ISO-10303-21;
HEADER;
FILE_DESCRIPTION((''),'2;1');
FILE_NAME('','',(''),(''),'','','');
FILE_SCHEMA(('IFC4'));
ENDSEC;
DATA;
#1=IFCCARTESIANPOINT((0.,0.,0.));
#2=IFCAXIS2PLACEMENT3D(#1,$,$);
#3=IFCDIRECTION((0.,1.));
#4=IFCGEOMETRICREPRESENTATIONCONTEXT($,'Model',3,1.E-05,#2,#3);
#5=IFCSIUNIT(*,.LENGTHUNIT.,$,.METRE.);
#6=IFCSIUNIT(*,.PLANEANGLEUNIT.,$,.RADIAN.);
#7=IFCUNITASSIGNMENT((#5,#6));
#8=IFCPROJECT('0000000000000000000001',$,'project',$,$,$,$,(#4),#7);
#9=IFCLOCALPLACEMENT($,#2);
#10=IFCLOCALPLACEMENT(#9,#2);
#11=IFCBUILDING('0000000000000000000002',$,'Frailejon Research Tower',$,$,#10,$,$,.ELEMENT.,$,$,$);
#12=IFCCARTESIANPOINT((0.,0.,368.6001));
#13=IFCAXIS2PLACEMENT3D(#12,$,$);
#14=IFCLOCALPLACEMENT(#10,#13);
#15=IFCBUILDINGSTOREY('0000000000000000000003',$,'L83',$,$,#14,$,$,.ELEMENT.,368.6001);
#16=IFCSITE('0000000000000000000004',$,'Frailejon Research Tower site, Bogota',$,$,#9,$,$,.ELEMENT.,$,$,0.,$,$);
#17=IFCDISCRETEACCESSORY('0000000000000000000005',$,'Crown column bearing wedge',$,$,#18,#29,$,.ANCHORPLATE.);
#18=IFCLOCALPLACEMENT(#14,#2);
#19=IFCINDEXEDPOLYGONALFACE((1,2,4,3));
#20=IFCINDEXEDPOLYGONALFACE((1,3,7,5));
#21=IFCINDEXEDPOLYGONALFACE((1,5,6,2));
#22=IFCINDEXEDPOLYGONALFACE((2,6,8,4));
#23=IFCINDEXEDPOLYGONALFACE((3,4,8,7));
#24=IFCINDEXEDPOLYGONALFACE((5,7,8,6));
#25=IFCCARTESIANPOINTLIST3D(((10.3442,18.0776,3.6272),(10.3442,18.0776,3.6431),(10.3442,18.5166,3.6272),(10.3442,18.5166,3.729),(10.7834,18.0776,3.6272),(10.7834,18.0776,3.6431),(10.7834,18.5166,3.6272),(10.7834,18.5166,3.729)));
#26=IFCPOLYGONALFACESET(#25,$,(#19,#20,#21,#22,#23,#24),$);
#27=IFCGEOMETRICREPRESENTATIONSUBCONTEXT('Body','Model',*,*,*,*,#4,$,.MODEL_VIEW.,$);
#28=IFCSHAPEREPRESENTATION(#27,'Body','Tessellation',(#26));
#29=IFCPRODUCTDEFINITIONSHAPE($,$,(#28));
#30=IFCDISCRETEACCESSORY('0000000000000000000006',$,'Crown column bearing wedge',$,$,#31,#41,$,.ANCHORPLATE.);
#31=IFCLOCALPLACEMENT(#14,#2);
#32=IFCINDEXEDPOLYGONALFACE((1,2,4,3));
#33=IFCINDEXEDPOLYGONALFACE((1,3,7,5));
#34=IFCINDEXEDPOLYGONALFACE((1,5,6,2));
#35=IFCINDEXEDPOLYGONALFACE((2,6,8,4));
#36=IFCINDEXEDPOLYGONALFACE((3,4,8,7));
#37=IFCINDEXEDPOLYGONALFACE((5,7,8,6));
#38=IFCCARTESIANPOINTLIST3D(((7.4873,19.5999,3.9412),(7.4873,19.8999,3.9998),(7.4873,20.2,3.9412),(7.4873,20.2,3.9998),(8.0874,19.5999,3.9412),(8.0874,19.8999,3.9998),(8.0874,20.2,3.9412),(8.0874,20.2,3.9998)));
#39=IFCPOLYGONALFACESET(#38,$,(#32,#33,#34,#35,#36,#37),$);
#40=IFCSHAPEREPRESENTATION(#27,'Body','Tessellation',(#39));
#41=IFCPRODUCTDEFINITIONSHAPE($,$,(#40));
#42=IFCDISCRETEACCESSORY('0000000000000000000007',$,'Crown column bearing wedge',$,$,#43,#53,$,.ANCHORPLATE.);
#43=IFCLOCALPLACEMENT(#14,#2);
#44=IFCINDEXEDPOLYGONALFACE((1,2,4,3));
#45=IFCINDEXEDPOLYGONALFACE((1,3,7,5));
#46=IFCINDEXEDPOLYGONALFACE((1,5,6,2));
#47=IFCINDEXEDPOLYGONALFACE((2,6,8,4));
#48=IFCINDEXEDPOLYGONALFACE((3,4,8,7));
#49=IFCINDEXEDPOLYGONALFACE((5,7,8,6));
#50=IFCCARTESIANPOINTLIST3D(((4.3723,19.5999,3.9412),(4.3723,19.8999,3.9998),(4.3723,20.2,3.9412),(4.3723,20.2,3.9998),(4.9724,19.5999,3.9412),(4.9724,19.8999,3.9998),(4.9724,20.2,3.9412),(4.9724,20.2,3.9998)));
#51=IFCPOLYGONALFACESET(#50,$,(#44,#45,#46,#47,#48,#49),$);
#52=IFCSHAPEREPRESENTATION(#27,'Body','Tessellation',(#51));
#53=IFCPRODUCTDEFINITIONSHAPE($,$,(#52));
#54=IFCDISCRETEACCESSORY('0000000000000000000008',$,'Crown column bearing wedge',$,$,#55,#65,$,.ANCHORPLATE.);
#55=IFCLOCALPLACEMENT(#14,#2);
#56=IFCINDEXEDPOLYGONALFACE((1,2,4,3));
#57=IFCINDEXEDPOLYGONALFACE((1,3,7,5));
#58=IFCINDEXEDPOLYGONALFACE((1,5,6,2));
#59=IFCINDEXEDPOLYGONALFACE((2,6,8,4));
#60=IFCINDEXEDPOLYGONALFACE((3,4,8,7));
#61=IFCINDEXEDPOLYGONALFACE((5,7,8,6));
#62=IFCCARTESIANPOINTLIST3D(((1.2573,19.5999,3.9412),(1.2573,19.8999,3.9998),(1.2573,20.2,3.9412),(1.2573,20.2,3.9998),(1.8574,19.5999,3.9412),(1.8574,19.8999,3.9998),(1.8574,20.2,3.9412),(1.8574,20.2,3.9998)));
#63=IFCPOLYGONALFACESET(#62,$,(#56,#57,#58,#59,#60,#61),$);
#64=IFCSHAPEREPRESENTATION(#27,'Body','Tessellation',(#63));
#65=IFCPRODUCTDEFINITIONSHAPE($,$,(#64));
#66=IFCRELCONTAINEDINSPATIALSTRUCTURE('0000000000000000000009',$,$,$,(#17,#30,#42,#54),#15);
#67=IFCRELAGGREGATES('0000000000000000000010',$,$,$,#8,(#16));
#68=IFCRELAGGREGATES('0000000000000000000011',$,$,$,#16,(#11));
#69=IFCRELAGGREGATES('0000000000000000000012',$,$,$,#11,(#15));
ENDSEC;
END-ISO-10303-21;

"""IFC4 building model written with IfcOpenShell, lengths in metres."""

from ifc_helpers import new_model, si_unit, direction, frame, origin, place, context, subcontext, project, spatial, polyline, outline, extrude, element, save


model = new_model("IFC4")

# Units and contexts
model_context = context("Model", 3, precision=1e-05, world=origin(), true_north=direction((0.0, 1.0)))
body_context = subcontext(model_context, "Body", "Model", "MODEL_VIEW")
ifc_project = project(units=[si_unit("LENGTHUNIT", "METRE"), si_unit("PLANEANGLEUNIT", "RADIAN")], contexts=[model_context])

# Site, building, storey
site_placement = place(None, origin())
site = spatial("IfcSite", under=ifc_project, at=site_placement, Name="Frailejon Research Tower site, Bogota", CompositionType="ELEMENT", RefElevation=0.0)
building_placement = place(site_placement, origin())
building = spatial("IfcBuilding", under=site, at=building_placement, Name="Frailejon Research Tower", CompositionType="ELEMENT")
storey_placement = place(building_placement, frame((0.0, 0.0, 368.6001)))
storey = spatial("IfcBuildingStorey", under=building, at=storey_placement, Name="L83", CompositionType="ELEMENT", Elevation=368.6001)

# Discrete accessories
discrete_accessory_1_placement = place(storey_placement, frame((10.3442, 18.2971, 3.6272), z_axis=(1.0, 0.0, 0.0), x_axis=(0.0, 1.0, 0.0)))
element("IfcDiscreteAccessory", 1, at=discrete_accessory_1_placement, inside=storey, Name="Crown column bearing wedge", PredefinedType="ANCHORPLATE", context=body_context, shape_type="SweptSolid", body=[
    extrude(outline(polyline([(-0.2195, 0.0), (0.2195, 0.0), (0.2195, 0.1018), (-0.2195, 0.0159), (-0.2195, 0.0)])), origin(), (0.0, 0.0, 1.0), 0.4392),
])
for number, where, z_axis, x_axis, name in (
    (2, (7.4873, 19.8999, 3.9412), (1.0, 0.0, 0.0), (0.0, 1.0, 0.0), "Crown column bearing wedge"),
    (3, (4.3723, 19.8999, 3.9412), (1.0, 0.0, 0.0), (0.0, 1.0, 0.0), "Crown column bearing wedge"),
    (4, (1.2573, 19.8999, 3.9412), (1.0, 0.0, 0.0), (0.0, 1.0, 0.0), "Crown column bearing wedge"),
):
    element("IfcDiscreteAccessory", number, at=place(storey_placement, frame(where, z_axis=z_axis, x_axis=x_axis)), inside=storey, Name=name, PredefinedType="ANCHORPLATE", context=body_context, shape_type="SweptSolid", body=[
        extrude(outline(polyline([(-0.3, 0.0), (0.3, 0.0), (0.3, 0.0586), (0.0, 0.0586), (-0.3, 0.0)])), origin(), (0.0, 0.0, 1.0), 0.6001),
    ])

save(model, "model.ifc")
